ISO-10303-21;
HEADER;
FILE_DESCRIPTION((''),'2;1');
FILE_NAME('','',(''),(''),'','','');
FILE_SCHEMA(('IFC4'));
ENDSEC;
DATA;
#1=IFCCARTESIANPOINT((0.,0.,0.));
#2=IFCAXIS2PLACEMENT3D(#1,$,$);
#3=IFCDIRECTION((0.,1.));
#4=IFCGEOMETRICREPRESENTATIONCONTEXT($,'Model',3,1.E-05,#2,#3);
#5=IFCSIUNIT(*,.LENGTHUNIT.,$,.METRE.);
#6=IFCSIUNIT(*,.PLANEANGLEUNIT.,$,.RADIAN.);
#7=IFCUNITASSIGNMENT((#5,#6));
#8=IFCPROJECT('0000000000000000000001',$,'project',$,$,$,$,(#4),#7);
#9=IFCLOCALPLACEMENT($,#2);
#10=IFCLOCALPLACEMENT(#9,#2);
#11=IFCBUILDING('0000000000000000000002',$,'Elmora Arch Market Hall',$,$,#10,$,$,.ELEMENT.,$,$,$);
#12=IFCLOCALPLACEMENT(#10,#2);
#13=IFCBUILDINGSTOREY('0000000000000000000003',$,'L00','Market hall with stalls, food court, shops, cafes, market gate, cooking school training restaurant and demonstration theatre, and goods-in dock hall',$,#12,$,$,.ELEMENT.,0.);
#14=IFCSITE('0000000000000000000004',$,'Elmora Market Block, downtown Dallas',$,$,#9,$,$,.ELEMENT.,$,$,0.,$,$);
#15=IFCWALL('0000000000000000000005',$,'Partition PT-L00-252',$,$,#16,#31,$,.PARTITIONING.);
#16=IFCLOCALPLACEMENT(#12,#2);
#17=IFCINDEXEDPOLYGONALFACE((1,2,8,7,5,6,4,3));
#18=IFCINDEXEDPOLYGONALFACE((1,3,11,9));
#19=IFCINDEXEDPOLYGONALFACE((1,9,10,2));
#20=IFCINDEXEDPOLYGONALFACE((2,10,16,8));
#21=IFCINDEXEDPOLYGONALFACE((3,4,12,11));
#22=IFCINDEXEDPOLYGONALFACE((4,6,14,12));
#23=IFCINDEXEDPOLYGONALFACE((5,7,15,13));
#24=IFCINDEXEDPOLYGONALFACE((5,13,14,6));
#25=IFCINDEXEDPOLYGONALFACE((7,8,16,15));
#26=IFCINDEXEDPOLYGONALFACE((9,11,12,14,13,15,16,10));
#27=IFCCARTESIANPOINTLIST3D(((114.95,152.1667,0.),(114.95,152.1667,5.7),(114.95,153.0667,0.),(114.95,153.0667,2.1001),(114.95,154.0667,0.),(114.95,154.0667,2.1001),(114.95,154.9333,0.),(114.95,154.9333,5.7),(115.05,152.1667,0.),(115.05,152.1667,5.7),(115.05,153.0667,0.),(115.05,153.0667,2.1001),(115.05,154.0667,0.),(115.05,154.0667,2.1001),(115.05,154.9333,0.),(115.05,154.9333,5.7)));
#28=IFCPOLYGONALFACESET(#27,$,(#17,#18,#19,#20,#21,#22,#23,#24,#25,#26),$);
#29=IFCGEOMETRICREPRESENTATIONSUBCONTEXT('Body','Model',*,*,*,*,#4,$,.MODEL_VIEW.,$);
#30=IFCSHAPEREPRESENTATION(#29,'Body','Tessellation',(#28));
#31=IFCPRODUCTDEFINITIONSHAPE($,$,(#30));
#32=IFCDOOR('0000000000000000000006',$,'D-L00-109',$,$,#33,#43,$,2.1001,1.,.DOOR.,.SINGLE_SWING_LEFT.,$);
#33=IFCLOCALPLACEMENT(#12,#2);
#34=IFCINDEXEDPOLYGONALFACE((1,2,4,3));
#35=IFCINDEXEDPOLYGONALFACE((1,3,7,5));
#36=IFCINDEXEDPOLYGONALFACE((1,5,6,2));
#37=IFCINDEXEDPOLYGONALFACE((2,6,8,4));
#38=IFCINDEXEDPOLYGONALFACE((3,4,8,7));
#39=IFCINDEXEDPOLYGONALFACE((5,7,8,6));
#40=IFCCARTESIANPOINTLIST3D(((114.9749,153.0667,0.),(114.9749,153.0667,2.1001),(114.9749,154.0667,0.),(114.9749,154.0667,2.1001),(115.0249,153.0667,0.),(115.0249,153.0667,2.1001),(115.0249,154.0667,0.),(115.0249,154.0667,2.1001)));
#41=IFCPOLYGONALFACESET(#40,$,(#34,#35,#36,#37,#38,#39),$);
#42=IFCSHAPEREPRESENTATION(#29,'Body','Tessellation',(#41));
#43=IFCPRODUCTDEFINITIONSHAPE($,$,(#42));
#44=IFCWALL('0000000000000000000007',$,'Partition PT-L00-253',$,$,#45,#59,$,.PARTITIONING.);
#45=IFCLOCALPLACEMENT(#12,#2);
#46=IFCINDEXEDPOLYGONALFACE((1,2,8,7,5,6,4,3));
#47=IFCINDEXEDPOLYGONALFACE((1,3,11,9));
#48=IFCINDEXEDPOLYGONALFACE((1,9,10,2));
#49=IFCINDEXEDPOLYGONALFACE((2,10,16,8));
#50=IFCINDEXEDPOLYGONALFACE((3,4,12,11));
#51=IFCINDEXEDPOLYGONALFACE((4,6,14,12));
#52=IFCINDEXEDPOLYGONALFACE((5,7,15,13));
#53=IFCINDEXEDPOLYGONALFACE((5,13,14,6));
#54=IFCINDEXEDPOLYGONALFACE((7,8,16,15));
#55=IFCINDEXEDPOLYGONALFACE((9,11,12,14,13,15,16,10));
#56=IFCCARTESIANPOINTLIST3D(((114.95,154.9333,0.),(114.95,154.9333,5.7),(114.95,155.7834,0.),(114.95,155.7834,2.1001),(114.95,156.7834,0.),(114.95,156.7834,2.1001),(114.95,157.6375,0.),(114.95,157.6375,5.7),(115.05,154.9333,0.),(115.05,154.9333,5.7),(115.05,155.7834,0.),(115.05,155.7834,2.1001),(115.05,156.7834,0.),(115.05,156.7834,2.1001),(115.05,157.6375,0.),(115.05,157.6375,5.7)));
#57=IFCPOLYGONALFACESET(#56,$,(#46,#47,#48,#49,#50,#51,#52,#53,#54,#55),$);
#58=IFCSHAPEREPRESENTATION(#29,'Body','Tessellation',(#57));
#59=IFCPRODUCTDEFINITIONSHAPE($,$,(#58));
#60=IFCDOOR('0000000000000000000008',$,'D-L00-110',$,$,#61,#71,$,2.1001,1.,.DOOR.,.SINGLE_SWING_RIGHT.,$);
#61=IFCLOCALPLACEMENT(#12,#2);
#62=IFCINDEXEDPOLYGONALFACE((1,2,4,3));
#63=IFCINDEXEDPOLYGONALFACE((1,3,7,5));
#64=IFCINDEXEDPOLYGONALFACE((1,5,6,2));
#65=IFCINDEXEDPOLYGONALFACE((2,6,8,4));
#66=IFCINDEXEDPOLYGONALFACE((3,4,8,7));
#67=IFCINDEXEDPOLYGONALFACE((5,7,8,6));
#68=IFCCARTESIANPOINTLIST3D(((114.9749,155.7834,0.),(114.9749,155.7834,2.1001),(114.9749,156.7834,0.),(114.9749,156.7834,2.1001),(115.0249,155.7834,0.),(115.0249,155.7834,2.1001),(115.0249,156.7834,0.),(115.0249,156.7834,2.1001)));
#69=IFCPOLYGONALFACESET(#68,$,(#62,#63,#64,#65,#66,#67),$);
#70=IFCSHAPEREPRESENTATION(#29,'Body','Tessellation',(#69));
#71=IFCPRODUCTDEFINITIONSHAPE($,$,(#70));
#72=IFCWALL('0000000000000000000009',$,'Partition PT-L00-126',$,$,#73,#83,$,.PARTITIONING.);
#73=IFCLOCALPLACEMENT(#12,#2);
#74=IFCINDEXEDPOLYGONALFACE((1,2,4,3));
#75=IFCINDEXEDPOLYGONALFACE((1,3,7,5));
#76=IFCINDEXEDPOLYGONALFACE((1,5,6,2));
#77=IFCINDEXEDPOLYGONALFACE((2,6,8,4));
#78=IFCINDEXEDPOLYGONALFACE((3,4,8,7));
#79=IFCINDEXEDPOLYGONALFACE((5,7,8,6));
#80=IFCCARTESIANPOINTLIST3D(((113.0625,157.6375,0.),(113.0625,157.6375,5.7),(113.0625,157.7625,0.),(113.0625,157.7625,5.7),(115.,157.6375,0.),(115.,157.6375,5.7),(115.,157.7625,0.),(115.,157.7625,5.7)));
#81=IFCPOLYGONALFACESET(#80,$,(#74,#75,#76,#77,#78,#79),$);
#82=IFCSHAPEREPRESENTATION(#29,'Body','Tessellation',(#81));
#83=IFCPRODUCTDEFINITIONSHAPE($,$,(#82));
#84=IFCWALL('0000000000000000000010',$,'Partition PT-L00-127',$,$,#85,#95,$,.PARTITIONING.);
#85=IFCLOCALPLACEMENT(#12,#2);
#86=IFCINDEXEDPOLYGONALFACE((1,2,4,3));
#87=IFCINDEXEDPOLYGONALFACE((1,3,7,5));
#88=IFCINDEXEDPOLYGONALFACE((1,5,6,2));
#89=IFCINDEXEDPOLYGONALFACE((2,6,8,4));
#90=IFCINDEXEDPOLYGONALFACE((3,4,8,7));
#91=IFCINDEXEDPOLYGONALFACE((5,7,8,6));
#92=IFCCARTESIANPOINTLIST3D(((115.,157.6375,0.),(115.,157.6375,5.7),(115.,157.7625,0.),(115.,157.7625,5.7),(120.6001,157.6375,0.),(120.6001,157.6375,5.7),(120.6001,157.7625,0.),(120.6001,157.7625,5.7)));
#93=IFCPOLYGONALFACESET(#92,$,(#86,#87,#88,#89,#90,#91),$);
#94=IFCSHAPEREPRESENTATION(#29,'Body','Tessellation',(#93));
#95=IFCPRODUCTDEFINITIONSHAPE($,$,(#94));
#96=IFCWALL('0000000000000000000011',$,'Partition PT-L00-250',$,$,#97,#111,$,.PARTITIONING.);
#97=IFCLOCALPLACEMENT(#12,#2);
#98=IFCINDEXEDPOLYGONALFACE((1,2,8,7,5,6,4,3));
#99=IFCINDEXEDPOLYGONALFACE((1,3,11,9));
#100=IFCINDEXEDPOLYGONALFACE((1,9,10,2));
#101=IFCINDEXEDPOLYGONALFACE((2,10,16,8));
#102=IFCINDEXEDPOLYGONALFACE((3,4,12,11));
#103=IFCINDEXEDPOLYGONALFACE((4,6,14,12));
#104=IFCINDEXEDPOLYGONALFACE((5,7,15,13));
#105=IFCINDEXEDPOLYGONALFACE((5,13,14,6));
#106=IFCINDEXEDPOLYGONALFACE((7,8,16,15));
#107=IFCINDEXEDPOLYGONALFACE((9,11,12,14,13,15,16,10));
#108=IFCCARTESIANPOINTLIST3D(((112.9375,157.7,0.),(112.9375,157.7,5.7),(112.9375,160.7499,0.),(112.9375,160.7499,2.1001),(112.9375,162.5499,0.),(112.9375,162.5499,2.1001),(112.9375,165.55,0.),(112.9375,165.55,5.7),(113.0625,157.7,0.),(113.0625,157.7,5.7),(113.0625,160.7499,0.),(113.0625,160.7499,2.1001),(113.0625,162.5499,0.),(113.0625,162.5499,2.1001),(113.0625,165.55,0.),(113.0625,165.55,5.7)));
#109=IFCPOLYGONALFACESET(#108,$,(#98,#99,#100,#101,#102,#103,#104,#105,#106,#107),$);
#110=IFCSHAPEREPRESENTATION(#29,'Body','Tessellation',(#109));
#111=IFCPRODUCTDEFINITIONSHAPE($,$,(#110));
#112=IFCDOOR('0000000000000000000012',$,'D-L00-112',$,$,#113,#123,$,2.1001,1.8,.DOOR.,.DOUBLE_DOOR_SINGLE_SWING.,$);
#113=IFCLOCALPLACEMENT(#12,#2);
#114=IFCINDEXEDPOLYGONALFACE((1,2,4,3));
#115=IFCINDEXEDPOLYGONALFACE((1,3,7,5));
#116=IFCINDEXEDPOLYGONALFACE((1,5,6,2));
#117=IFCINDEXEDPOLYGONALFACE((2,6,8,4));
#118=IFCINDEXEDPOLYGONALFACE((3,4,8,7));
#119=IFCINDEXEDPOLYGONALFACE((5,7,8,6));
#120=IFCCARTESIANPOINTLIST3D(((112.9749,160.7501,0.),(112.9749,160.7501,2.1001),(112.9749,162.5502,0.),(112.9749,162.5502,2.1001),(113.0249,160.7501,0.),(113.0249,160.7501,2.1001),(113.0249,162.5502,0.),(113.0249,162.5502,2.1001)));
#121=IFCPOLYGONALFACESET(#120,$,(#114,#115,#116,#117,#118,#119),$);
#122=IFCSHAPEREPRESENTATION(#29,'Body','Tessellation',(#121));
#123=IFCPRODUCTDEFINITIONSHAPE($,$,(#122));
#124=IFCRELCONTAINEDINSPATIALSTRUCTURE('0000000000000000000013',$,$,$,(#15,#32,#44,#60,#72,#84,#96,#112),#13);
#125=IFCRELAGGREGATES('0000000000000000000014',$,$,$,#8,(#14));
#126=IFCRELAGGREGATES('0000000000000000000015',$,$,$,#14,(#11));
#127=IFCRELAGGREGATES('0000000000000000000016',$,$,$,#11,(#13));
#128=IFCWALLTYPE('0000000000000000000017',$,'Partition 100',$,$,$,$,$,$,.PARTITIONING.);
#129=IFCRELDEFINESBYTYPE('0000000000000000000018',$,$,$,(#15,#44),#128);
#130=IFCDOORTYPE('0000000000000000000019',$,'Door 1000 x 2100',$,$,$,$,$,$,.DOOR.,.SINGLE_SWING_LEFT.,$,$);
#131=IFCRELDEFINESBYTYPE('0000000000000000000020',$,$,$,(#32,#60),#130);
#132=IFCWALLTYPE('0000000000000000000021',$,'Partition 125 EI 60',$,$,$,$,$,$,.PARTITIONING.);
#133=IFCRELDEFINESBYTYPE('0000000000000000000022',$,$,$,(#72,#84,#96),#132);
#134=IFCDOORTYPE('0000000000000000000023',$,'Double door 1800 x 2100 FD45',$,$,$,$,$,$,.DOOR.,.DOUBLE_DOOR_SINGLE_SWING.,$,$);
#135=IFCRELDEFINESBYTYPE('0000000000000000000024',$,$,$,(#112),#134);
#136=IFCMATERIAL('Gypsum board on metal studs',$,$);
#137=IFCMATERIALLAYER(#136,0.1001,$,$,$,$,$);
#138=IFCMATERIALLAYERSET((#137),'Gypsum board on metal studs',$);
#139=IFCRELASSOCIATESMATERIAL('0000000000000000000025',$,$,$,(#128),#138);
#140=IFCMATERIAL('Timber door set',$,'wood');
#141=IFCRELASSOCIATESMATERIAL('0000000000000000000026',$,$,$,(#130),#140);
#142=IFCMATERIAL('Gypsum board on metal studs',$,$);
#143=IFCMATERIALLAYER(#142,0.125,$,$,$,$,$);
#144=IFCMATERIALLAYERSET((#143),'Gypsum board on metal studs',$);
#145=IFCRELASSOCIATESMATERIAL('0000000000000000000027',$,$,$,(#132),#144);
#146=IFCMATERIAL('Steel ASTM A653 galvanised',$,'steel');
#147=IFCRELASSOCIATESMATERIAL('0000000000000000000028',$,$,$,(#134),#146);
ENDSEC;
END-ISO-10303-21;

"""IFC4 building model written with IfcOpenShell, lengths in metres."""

from ifc_helpers import new_model, si_unit, direction, frame, frame_2d, origin, place, context, subcontext, project, spatial, rectangle, extrude, material, layer, layer_set, type_object, element, fill, save


model = new_model("IFC4")

# Units and contexts
model_context = context("Model", 3, precision=1e-05, world=origin(), true_north=direction((0.0, 1.0)))
body_context = subcontext(model_context, "Body", "Model", "MODEL_VIEW")
ifc_project = project(units=[si_unit("LENGTHUNIT", "METRE"), si_unit("PLANEANGLEUNIT", "RADIAN")], contexts=[model_context])

# Site, building, storey
site_placement = place(None, origin())
site = spatial("IfcSite", under=ifc_project, at=site_placement, Name="Elmora Market Block, downtown Dallas", CompositionType="ELEMENT", RefElevation=0.0)
building_placement = place(site_placement, origin())
building = spatial("IfcBuilding", under=site, at=building_placement, Name="Elmora Arch Market Hall", CompositionType="ELEMENT")
storey_placement = place(building_placement, origin())
storey = spatial("IfcBuildingStorey", under=building, at=storey_placement, Name="L00", Description="Market hall with stalls, food court, shops, cafes, market gate, cooking school training restaurant and demonstration theatre, and goods-in dock hall", CompositionType="ELEMENT", Elevation=0.0)

# Shared definitions
ifc_material_1 = material(Name="Gypsum board on metal studs")
ifc_layer_1 = layer(ifc_material_1, 0.1001)
ifc_layer_set_1 = layer_set([ifc_layer_1], Name="Gypsum board on metal studs")
wall_type_1 = type_object("IfcWallType", Name="Partition 100", PredefinedType="PARTITIONING", material=ifc_layer_set_1)

# Walls, openings, doors
wall_1_placement = place(storey_placement, frame((115.0, 152.1667, 0.0), z_axis=(0.0, 0.0, 1.0), x_axis=(0.0, 1.0, 0.0)))
wall_1 = element("IfcWall", 1, at=wall_1_placement, inside=storey, type_object=wall_type_1, Name="Partition PT-L00-252", PredefinedType="PARTITIONING", context=body_context, shape_type="SweptSolid", body=[
    extrude(rectangle(XDim=2.7666, YDim=0.1001, at=frame_2d((1.3833, 0.0))), origin(), (0.0, 0.0, 1.0), 5.7),
])
opening_1_placement = place(wall_1_placement, frame((0.8999, 0.0, 0.0)))
opening_1 = element("IfcOpeningElement", 2, at=opening_1_placement, cuts=wall_1, PredefinedType="OPENING", context=body_context, shape_type="SweptSolid", body=[
    extrude(rectangle(XDim=1.0, YDim=2.1001, at=frame_2d((0.5, 1.05))), frame((0.0, 0.0601, 0.0), z_axis=(0.0, -1.0, 0.0), x_axis=(1.0, 0.0, 0.0)), (0.0, 0.0, 1.0), 0.1201),
])
ifc_material_2 = material(Name="Timber door set", Category="wood")
door_type_1 = type_object("IfcDoorType", Name="Door 1000 x 2100", OperationType="SINGLE_SWING_LEFT", PredefinedType="DOOR", material=ifc_material_2)
door_1_placement = place(opening_1_placement, frame((1.0, 0.0, 0.0), z_axis=(0.0, 0.0, 1.0), x_axis=(-1.0, 0.0, 0.0)))
door_1 = element("IfcDoor", 3, at=door_1_placement, inside=storey, type_object=door_type_1, Name="D-L00-109", OperationType="SINGLE_SWING_LEFT", OverallHeight=2.1001, OverallWidth=1.0, PredefinedType="DOOR", context=body_context, shape_type="SweptSolid", body=[
    extrude(rectangle(XDim=1.0, YDim=2.1001, at=frame_2d((0.5, 1.05))), frame((0.0, 0.0249, 0.0), z_axis=(0.0, -1.0, 0.0), x_axis=(1.0, 0.0, 0.0)), (0.0, 0.0, 1.0), 0.05),
])
fill(opening_1, door_1)
wall_2_placement = place(storey_placement, frame((115.0, 154.9333, 0.0), z_axis=(0.0, 0.0, 1.0), x_axis=(0.0, 1.0, 0.0)))
wall_2 = element("IfcWall", 4, at=wall_2_placement, inside=storey, type_object=wall_type_1, Name="Partition PT-L00-253", PredefinedType="PARTITIONING", context=body_context, shape_type="SweptSolid", body=[
    extrude(rectangle(XDim=2.7041, YDim=0.1001, at=frame_2d((1.3521, 0.0))), origin(), (0.0, 0.0, 1.0), 5.7),
])
opening_2_placement = place(wall_2_placement, frame((0.8501, 0.0, 0.0)))
opening_2 = element("IfcOpeningElement", 5, at=opening_2_placement, cuts=wall_2, PredefinedType="OPENING", context=body_context, shape_type="SweptSolid", body=[
    extrude(rectangle(XDim=1.0, YDim=2.1001, at=frame_2d((0.5, 1.05))), frame((0.0, 0.0601, 0.0), z_axis=(0.0, -1.0, 0.0), x_axis=(1.0, 0.0, 0.0)), (0.0, 0.0, 1.0), 0.1201),
])
door_2_placement = place(opening_2_placement, frame((1.0, 0.0, 0.0), z_axis=(0.0, 0.0, 1.0), x_axis=(-1.0, 0.0, 0.0)))
door_2 = element("IfcDoor", 6, at=door_2_placement, inside=storey, type_object=door_type_1, Name="D-L00-110", OperationType="SINGLE_SWING_RIGHT", OverallHeight=2.1001, OverallWidth=1.0, PredefinedType="DOOR", context=body_context, shape_type="SweptSolid", body=[
    extrude(rectangle(XDim=1.0, YDim=2.1001, at=frame_2d((0.5, 1.05))), frame((0.0, 0.0249, 0.0), z_axis=(0.0, -1.0, 0.0), x_axis=(1.0, 0.0, 0.0)), (0.0, 0.0, 1.0), 0.05),
])
fill(opening_2, door_2)

# Walls
ifc_material_3 = material(Name="Gypsum board on metal studs")
ifc_layer_2 = layer(ifc_material_3, 0.125)
ifc_layer_set_2 = layer_set([ifc_layer_2], Name="Gypsum board on metal studs")
wall_type_2 = type_object("IfcWallType", Name="Partition 125 EI 60", PredefinedType="PARTITIONING", material=ifc_layer_set_2)
wall_3_placement = place(storey_placement, frame((113.0625, 157.7, 0.0), z_axis=(0.0, 0.0, 1.0), x_axis=(1.0, 0.0, 0.0)))
element("IfcWall", 7, at=wall_3_placement, inside=storey, type_object=wall_type_2, Name="Partition PT-L00-126", PredefinedType="PARTITIONING", context=body_context, shape_type="SweptSolid", body=[
    extrude(rectangle(XDim=1.9375, YDim=0.125, at=frame_2d((0.9688, 0.0))), origin(), (0.0, 0.0, 1.0), 5.7),
])
wall_4_placement = place(storey_placement, frame((115.0, 157.7, 0.0), z_axis=(0.0, 0.0, 1.0), x_axis=(1.0, 0.0, 0.0)))
element("IfcWall", 8, at=wall_4_placement, inside=storey, type_object=wall_type_2, Name="Partition PT-L00-127", PredefinedType="PARTITIONING", context=body_context, shape_type="SweptSolid", body=[
    extrude(rectangle(XDim=5.6001, YDim=0.125, at=frame_2d((2.8, 0.0))), origin(), (0.0, 0.0, 1.0), 5.7),
])

# Wall, opening, door
wall_5_placement = place(storey_placement, frame((113.0, 157.7, 0.0), z_axis=(0.0, 0.0, 1.0), x_axis=(0.0, 1.0, 0.0)))
wall_5 = element("IfcWall", 9, at=wall_5_placement, inside=storey, type_object=wall_type_2, Name="Partition PT-L00-250", PredefinedType="PARTITIONING", context=body_context, shape_type="SweptSolid", body=[
    extrude(rectangle(XDim=7.8501, YDim=0.125, at=frame_2d((3.925, 0.0))), origin(), (0.0, 0.0, 1.0), 5.7),
])
opening_3_placement = place(wall_5_placement, frame((3.05, 0.0, 0.0)))
opening_3 = element("IfcOpeningElement", 10, at=opening_3_placement, cuts=wall_5, PredefinedType="OPENING", context=body_context, shape_type="SweptSolid", body=[
    extrude(rectangle(XDim=1.8, YDim=2.1001, at=frame_2d((0.8999, 1.05))), frame((0.0, 0.0725, 0.0), z_axis=(0.0, -1.0, 0.0), x_axis=(1.0, 0.0, 0.0)), (0.0, 0.0, 1.0), 0.145),
])
ifc_material_4 = material(Name="Steel ASTM A653 galvanised", Category="steel")
door_type_2 = type_object("IfcDoorType", Name="Double door 1800 x 2100 FD45", OperationType="DOUBLE_DOOR_SINGLE_SWING", PredefinedType="DOOR", material=ifc_material_4)
door_3_placement = place(opening_3_placement, frame((1.8, 0.0, 0.0), z_axis=(0.0, 0.0, 1.0), x_axis=(-1.0, 0.0, 0.0)))
door_3 = element("IfcDoor", 11, at=door_3_placement, inside=storey, type_object=door_type_2, Name="D-L00-112", OperationType="DOUBLE_DOOR_SINGLE_SWING", OverallHeight=2.1001, OverallWidth=1.8, PredefinedType="DOOR", context=body_context, shape_type="SweptSolid", body=[
    extrude(rectangle(XDim=1.8, YDim=2.1001, at=frame_2d((0.8999, 1.05))), frame((0.0, 0.0249, 0.0), z_axis=(0.0, -1.0, 0.0), x_axis=(1.0, 0.0, 0.0)), (0.0, 0.0, 1.0), 0.05),
])
fill(opening_3, door_3)

save(model, "model.ifc")
